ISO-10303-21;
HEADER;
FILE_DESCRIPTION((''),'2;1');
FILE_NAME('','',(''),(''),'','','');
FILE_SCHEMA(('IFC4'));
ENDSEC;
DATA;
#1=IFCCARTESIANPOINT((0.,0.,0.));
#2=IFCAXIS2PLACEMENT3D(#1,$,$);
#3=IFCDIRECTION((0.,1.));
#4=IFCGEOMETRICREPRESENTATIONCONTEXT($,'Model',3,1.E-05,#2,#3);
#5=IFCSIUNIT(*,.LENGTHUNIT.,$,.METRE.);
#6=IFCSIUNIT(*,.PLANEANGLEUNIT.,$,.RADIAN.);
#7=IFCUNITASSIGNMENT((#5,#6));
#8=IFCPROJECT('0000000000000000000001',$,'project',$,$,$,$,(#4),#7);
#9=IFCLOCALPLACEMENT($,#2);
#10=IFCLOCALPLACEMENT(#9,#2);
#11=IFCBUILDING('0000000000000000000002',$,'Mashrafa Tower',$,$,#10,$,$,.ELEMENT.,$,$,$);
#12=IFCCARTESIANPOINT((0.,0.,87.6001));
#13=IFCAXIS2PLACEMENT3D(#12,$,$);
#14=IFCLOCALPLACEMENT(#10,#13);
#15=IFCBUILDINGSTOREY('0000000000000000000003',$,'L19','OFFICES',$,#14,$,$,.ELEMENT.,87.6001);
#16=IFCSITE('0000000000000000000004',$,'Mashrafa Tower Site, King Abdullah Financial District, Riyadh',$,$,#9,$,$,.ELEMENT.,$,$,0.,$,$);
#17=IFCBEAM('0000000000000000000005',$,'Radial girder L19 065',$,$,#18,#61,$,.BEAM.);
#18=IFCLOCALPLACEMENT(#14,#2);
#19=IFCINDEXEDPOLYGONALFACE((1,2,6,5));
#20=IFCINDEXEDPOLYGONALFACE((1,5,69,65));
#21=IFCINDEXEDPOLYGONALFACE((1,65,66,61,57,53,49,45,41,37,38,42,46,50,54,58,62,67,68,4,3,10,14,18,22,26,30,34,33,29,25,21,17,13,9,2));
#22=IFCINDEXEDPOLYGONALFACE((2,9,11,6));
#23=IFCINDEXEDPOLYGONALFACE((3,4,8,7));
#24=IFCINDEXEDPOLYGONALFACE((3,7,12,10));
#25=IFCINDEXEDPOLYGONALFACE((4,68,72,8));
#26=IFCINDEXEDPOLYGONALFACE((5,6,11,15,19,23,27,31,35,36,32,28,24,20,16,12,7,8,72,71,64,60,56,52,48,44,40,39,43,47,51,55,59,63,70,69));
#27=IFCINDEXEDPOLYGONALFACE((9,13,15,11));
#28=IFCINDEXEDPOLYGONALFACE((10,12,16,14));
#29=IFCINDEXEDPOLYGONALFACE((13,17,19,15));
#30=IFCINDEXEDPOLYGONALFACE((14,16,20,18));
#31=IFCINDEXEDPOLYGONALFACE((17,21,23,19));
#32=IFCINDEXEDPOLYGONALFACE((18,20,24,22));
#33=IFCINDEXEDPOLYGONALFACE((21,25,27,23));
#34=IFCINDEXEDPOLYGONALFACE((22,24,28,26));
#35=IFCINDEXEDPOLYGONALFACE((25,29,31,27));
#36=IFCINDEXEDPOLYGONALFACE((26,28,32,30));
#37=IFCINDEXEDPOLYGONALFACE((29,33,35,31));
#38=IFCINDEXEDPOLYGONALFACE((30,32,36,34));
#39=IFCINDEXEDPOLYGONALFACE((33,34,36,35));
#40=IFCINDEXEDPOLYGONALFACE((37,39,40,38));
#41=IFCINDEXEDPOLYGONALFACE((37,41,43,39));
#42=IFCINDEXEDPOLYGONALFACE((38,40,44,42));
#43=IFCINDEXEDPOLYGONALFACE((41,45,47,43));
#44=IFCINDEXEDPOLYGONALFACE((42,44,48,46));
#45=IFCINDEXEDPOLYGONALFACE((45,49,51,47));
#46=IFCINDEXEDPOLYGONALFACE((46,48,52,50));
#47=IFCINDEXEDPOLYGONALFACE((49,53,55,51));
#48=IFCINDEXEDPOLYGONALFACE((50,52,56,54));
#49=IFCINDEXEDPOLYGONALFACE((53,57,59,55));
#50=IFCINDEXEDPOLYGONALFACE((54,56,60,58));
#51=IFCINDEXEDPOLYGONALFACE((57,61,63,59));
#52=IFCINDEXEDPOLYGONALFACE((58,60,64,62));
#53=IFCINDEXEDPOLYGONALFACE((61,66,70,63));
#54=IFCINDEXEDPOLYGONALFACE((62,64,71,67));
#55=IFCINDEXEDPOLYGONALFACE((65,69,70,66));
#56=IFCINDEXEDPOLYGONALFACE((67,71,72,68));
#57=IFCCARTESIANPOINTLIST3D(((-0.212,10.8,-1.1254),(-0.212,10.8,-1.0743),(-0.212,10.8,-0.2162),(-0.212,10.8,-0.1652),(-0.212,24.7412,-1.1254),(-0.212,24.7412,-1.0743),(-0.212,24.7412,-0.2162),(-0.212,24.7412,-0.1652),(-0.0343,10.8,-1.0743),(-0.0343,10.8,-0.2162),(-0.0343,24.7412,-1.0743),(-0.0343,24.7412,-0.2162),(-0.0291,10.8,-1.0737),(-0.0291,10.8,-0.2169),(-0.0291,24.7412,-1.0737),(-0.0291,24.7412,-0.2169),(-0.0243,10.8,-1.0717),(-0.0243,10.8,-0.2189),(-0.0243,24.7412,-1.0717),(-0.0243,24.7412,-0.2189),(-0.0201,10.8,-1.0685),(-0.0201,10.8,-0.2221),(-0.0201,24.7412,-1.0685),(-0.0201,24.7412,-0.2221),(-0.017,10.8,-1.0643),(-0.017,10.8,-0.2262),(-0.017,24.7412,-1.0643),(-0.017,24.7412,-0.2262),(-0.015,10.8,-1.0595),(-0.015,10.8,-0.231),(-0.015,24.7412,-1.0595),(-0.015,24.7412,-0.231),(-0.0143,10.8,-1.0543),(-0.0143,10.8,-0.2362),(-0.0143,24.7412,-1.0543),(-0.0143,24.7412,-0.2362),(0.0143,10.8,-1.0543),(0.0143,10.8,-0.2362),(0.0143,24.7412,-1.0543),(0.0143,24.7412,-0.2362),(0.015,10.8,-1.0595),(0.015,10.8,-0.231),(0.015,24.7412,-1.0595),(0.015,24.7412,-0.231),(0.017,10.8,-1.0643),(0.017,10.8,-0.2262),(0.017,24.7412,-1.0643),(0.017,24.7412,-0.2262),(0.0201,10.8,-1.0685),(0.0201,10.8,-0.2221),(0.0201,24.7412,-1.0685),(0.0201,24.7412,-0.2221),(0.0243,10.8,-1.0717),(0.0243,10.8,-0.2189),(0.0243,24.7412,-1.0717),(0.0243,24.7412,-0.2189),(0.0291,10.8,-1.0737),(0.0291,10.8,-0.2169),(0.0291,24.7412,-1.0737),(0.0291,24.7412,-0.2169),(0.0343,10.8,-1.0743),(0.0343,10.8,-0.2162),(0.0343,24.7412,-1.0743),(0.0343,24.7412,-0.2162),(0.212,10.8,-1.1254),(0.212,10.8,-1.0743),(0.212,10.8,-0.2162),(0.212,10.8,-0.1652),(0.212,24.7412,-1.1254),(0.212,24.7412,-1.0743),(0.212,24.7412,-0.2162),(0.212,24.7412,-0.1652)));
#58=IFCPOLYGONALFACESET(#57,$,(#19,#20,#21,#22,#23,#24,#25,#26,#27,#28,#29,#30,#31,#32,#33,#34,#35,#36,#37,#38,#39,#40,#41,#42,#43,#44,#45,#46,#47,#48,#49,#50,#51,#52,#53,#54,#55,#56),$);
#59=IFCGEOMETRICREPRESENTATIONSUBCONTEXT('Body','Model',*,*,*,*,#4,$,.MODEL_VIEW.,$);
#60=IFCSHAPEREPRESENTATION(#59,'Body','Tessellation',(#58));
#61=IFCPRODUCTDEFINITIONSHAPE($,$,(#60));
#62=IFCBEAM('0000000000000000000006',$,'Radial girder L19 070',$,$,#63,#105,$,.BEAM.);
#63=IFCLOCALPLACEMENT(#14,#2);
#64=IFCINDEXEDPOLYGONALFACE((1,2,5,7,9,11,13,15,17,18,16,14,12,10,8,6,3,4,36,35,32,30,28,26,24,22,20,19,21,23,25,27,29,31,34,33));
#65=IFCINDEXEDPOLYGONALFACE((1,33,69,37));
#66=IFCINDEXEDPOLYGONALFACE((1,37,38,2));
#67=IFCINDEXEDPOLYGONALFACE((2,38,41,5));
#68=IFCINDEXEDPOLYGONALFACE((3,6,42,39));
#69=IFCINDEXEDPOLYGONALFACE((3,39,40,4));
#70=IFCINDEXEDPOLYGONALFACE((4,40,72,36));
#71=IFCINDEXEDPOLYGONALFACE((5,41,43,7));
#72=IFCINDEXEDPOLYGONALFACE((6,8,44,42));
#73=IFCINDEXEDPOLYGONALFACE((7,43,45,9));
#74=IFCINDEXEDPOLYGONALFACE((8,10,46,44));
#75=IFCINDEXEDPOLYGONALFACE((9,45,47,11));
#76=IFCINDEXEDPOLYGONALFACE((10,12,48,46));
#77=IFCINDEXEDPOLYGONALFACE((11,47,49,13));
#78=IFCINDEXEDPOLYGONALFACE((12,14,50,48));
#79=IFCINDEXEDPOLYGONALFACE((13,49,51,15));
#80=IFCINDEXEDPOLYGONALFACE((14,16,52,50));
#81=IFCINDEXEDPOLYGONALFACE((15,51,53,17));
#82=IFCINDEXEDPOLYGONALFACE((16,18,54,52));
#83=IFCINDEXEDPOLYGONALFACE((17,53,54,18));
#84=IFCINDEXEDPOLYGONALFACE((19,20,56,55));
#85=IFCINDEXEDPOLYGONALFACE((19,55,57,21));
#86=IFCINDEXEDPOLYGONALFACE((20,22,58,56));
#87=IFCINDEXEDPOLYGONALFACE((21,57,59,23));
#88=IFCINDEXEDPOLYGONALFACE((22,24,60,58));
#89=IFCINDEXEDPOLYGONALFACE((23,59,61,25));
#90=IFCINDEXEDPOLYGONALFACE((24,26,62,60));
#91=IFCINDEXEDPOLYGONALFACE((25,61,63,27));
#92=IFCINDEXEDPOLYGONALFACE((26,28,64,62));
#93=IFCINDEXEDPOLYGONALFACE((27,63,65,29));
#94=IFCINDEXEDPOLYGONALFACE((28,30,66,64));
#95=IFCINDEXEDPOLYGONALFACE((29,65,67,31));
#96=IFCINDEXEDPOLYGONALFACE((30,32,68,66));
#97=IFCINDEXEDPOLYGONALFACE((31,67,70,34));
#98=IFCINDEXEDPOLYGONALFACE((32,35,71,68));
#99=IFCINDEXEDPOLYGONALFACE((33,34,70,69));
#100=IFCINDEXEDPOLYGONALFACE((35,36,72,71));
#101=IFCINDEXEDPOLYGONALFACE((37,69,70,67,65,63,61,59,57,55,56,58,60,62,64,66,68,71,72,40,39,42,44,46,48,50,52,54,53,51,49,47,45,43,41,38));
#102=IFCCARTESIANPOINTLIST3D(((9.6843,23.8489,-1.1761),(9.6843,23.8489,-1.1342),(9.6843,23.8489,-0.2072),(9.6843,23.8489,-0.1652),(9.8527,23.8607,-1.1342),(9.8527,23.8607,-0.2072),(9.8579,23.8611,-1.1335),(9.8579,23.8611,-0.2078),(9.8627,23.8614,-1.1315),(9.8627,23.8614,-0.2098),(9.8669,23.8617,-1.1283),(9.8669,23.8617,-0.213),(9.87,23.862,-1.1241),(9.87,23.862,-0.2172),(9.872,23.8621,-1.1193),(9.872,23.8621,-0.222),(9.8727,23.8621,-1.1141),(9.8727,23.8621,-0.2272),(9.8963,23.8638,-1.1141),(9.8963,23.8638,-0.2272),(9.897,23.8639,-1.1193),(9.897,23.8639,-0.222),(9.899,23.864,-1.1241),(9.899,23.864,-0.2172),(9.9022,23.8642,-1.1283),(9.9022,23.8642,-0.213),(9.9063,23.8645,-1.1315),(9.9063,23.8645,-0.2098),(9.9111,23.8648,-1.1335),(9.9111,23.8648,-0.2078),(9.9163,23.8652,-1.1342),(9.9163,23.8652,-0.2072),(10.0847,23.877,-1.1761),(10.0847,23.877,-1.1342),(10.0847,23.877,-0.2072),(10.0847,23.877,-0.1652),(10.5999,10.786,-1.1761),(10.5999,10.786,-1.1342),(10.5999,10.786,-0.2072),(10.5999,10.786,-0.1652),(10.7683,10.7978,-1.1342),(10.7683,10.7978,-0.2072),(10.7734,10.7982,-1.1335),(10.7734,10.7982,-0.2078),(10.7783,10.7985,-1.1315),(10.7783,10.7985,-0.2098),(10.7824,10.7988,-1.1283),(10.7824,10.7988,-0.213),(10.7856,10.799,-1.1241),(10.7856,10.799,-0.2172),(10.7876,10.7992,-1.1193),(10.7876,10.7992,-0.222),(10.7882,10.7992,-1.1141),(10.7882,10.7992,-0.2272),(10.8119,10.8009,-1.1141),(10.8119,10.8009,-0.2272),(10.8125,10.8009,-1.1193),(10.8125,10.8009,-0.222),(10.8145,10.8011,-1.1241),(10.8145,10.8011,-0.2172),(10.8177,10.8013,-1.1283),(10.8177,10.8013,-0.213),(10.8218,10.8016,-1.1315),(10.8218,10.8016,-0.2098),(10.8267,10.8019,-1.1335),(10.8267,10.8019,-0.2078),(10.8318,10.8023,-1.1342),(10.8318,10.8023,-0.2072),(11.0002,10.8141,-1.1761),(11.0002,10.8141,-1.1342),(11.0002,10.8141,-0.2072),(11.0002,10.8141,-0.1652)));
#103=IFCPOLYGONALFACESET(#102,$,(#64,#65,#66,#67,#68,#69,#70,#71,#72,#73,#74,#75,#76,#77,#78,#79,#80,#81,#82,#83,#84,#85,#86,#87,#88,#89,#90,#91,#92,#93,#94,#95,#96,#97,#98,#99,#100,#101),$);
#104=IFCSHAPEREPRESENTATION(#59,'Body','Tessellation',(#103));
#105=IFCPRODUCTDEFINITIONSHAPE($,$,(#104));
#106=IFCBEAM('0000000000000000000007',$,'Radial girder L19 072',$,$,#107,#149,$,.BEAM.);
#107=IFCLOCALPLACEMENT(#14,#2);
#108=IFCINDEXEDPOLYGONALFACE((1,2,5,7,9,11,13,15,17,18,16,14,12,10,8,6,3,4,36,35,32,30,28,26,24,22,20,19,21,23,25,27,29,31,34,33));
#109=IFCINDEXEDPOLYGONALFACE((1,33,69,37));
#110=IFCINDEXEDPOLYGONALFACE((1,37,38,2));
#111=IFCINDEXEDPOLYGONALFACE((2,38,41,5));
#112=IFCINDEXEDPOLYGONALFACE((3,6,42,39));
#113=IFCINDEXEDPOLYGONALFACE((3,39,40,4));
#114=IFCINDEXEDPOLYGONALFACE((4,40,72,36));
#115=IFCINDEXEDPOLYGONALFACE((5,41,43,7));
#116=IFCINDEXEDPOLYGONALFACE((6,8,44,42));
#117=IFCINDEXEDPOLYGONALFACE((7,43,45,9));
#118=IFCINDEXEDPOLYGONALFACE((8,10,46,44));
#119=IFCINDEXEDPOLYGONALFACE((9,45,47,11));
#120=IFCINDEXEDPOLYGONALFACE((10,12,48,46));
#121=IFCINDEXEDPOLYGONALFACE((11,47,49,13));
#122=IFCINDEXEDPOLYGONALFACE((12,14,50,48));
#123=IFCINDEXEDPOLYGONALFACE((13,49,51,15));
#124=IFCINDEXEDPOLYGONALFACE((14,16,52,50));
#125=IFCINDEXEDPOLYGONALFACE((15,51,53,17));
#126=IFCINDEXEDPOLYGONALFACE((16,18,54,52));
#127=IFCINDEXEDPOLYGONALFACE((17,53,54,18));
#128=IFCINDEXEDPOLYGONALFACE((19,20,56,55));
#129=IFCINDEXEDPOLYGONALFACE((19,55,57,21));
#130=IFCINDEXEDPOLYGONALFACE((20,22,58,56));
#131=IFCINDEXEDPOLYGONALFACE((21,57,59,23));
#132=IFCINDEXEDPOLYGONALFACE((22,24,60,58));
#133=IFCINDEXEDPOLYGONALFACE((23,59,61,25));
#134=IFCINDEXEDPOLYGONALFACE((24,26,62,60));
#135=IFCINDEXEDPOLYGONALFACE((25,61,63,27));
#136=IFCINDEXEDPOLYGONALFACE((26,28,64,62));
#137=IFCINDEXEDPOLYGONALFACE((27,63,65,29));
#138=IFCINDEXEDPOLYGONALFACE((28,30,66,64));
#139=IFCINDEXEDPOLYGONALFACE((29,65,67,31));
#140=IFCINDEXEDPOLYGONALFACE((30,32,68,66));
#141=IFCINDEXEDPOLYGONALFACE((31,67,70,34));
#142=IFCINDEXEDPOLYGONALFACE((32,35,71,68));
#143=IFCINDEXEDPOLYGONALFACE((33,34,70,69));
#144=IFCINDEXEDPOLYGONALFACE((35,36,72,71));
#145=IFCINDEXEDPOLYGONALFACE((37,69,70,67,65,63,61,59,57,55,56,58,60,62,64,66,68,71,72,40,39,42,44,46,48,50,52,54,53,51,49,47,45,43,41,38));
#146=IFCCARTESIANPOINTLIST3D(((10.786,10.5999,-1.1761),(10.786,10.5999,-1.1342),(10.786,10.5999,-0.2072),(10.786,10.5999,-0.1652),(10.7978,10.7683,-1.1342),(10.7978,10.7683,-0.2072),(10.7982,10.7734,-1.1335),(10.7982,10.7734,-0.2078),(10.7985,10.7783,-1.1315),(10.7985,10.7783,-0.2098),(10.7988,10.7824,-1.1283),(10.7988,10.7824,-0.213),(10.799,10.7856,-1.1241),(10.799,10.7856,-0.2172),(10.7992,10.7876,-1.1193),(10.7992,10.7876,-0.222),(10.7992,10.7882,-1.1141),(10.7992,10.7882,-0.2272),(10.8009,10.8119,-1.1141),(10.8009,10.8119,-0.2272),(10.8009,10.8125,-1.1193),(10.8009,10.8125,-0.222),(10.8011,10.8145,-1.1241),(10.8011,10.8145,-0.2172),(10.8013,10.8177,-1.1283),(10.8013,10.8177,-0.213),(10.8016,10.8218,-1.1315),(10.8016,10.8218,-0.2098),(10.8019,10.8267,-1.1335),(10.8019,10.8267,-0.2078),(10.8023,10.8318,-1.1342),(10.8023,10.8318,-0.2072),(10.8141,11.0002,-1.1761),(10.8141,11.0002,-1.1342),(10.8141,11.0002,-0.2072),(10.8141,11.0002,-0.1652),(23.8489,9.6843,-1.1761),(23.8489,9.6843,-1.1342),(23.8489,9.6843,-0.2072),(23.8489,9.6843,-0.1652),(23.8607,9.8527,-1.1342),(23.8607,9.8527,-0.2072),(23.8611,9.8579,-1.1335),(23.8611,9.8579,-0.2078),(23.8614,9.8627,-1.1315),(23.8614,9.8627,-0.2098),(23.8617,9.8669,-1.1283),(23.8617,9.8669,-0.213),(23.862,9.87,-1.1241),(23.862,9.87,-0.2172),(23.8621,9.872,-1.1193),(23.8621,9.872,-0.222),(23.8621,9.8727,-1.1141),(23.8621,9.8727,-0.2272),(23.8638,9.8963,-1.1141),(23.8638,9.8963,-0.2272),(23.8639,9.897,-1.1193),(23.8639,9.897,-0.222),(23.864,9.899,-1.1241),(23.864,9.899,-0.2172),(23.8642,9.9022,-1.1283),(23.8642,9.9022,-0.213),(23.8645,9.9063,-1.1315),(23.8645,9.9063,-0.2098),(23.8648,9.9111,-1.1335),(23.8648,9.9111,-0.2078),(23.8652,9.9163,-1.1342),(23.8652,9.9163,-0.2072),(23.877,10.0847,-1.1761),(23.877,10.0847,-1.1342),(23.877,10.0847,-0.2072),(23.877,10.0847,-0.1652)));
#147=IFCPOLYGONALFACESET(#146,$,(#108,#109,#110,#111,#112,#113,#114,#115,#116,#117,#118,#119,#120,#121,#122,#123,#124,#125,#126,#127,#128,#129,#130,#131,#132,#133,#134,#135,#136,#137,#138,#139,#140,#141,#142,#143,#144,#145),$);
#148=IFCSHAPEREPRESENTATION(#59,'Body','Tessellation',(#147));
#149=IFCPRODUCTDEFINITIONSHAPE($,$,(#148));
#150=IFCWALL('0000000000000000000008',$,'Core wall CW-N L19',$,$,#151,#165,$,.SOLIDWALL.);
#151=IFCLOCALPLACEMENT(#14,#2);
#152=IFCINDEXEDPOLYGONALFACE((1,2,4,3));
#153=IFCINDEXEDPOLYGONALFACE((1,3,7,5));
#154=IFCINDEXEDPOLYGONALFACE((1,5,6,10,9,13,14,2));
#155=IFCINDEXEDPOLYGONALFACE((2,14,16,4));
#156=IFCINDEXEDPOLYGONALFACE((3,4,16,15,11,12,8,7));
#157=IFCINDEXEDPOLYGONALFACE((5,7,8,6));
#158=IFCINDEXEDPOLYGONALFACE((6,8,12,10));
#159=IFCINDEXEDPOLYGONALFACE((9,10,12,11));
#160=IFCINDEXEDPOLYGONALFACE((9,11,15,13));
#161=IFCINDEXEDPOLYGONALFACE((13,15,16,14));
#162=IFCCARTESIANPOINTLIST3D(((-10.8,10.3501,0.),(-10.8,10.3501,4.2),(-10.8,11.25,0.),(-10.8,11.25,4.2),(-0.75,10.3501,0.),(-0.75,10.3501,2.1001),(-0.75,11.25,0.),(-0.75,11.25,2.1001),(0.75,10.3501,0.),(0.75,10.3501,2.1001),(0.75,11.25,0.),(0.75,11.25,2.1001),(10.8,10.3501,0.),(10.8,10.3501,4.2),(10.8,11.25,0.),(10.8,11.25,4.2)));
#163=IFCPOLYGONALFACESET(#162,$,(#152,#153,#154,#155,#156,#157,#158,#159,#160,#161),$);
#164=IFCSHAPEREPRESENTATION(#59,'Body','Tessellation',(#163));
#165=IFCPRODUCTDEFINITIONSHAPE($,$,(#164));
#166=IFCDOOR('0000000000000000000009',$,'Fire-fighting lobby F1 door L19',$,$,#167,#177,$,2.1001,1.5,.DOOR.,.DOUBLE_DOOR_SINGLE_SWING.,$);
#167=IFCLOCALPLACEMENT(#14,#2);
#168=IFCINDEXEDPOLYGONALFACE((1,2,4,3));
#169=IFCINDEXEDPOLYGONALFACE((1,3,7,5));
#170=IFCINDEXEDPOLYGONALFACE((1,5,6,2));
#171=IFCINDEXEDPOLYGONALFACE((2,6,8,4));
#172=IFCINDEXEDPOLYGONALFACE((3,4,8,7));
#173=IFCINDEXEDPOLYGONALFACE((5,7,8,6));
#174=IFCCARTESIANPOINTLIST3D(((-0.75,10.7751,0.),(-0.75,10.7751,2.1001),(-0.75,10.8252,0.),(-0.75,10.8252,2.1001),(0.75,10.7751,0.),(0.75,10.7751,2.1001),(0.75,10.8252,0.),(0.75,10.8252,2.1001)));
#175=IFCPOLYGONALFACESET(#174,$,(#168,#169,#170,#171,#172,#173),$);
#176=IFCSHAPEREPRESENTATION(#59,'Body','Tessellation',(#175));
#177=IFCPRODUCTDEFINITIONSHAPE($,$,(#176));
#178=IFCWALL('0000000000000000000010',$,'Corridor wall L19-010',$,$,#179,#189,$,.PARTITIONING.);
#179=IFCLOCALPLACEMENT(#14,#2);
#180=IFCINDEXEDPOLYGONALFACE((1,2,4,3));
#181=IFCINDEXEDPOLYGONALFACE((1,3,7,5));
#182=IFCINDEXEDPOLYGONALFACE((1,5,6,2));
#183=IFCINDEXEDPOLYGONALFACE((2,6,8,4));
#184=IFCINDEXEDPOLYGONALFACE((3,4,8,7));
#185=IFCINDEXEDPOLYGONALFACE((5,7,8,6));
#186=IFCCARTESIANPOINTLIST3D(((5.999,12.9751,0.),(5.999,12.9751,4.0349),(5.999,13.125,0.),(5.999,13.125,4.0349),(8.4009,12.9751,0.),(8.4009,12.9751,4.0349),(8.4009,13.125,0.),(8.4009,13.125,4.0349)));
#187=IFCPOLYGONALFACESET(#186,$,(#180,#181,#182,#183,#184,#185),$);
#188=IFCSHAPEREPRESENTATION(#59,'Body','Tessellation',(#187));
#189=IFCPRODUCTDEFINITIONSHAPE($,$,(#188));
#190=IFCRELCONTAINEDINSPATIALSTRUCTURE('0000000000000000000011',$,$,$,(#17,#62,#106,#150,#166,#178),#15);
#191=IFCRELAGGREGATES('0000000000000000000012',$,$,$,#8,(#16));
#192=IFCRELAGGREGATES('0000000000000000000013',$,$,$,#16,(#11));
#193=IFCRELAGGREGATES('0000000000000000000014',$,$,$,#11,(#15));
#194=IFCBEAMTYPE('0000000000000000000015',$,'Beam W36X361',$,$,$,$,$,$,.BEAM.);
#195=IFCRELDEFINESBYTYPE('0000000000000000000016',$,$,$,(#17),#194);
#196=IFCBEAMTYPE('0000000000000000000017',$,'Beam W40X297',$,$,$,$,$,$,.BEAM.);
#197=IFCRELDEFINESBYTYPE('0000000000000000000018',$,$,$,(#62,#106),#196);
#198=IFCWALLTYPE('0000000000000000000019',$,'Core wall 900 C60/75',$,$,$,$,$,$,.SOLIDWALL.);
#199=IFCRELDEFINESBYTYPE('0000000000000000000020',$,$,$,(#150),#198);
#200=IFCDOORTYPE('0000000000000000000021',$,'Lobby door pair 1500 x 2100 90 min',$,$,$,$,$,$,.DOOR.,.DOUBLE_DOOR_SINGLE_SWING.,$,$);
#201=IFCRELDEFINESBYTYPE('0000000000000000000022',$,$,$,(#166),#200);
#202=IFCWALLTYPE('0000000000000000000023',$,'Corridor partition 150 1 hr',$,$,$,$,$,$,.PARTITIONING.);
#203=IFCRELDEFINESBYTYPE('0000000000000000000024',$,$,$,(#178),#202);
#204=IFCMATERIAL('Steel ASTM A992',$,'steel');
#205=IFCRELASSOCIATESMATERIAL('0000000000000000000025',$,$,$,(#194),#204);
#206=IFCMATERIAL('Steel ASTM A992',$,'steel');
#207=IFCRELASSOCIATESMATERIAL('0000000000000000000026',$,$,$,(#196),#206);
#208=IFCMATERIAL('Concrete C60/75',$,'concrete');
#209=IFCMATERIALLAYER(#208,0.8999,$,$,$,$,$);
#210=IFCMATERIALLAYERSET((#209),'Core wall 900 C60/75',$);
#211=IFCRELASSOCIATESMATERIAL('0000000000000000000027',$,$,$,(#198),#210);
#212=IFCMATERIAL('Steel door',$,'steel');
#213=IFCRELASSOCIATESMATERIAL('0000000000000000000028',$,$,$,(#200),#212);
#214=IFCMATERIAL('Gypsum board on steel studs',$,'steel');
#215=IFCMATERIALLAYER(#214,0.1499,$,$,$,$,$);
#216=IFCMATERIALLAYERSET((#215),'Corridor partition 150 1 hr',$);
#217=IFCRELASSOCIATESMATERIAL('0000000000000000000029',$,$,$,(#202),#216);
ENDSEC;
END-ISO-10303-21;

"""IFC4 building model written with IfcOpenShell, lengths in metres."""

from ifc_helpers import new_model, si_unit, direction, frame, frame_2d, origin, origin_2d, place, context, subcontext, project, spatial, rectangle, i_section, extrude, material, layer, layer_set, material_profile, profile_set, type_object, element, fill, save


model = new_model("IFC4")

# Units and contexts
model_context = context("Model", 3, precision=1e-05, world=origin(), true_north=direction((0.0, 1.0)))
body_context = subcontext(model_context, "Body", "Model", "MODEL_VIEW")
ifc_project = project(units=[si_unit("LENGTHUNIT", "METRE"), si_unit("PLANEANGLEUNIT", "RADIAN")], contexts=[model_context])

# Site, building, storey
site_placement = place(None, origin())
site = spatial("IfcSite", under=ifc_project, at=site_placement, Name="Mashrafa Tower Site, King Abdullah Financial District, Riyadh", CompositionType="ELEMENT", RefElevation=0.0)
building_placement = place(site_placement, origin())
building = spatial("IfcBuilding", under=site, at=building_placement, Name="Mashrafa Tower", CompositionType="ELEMENT")
storey_placement = place(building_placement, frame((0.0, 0.0, 87.6001)))
storey = spatial("IfcBuildingStorey", under=building, at=storey_placement, Name="L19", Description="OFFICES", CompositionType="ELEMENT", Elevation=87.6001)

# Beams
ifc_material_1 = material(Name="Steel ASTM A992", Category="steel")
ifc_material_profile_1 = material_profile(ifc_material_1, i_section(OverallWidth=0.4241, OverallDepth=0.9602, WebThickness=0.0286, FlangeThickness=0.051, FilletRadius=0.02, at=origin_2d()), Name="W36X361")
ifc_profile_set_1 = profile_set([ifc_material_profile_1], Name="Steel ASTM A992")
beam_type_1 = type_object("IfcBeamType", Name="Beam W36X361", PredefinedType="BEAM", material=ifc_profile_set_1)
beam_1_placement = place(storey_placement, frame((0.0, 10.8, -0.6453), z_axis=(0.0, 1.0, 0.0), x_axis=(-1.0, 0.0, 0.0)))
element("IfcBeam", 1, at=beam_1_placement, inside=storey, type_object=beam_type_1, Name="Radial girder L19 065", PredefinedType="BEAM", context=body_context, shape_type="SweptSolid", body=[
    extrude(i_section(OverallWidth=0.4241, OverallDepth=0.9602, WebThickness=0.0286, FlangeThickness=0.051, FilletRadius=0.02, at=origin_2d()), origin(), (0.0, 0.0, 1.0), 13.9412),
])
ifc_material_2 = material(Name="Steel ASTM A992", Category="steel")
ifc_material_profile_2 = material_profile(ifc_material_2, i_section(OverallWidth=0.4014, OverallDepth=1.011, WebThickness=0.0237, FlangeThickness=0.042, FilletRadius=0.02, at=origin_2d()), Name="W40X297")
ifc_profile_set_2 = profile_set([ifc_material_profile_2], Name="Steel ASTM A992")
beam_type_2 = type_object("IfcBeamType", Name="Beam W40X297", PredefinedType="BEAM", material=ifc_profile_set_2)
for number, where, z_axis, x_axis, name in (
    (2, (10.8, 10.8, -0.6707), (-0.069914, 0.997553, 0.0), (-0.997553, -0.069914, 0.0), "Radial girder L19 070"),
    (3, (10.8, 10.8, -0.6707), (0.997553, -0.069914, 0.0), (0.069914, 0.997553, 0.0), "Radial girder L19 072"),
):
    element("IfcBeam", number, at=place(storey_placement, frame(where, z_axis=z_axis, x_axis=x_axis)), inside=storey, type_object=beam_type_2, Name=name, PredefinedType="BEAM", context=body_context, shape_type="SweptSolid", body=[
        extrude(i_section(OverallWidth=0.4014, OverallDepth=1.011, WebThickness=0.0237, FlangeThickness=0.042, FilletRadius=0.02, at=origin_2d()), origin(), (0.0, 0.0, 1.0), 13.095),
    ])

# Wall, opening, door
ifc_material_3 = material(Name="Concrete C60/75", Category="concrete")
ifc_layer_1 = layer(ifc_material_3, 0.8999)
ifc_layer_set_1 = layer_set([ifc_layer_1], Name="Core wall 900 C60/75")
wall_type_1 = type_object("IfcWallType", Name="Core wall 900 C60/75", PredefinedType="SOLIDWALL", material=ifc_layer_set_1)
wall_1_placement = place(storey_placement, frame((10.8, 10.8, 0.0), z_axis=(0.0, 0.0, 1.0), x_axis=(-1.0, 0.0, 0.0)))
wall_1 = element("IfcWall", 4, at=wall_1_placement, inside=storey, type_object=wall_type_1, Name="Core wall CW-N L19", PredefinedType="SOLIDWALL", context=body_context, shape_type="SweptSolid", body=[
    extrude(rectangle(XDim=21.6001, YDim=0.8999, at=frame_2d((10.8, 0.0))), origin(), (0.0, 0.0, 1.0), 4.2),
])
opening_1_placement = place(wall_1_placement, frame((10.05, 0.0, 0.0)))
opening_1 = element("IfcOpeningElement", 5, at=opening_1_placement, cuts=wall_1, PredefinedType="OPENING", context=body_context, shape_type="SweptSolid", body=[
    extrude(rectangle(XDim=1.5, YDim=2.1001, at=frame_2d((0.75, 1.05))), frame((0.0, 0.46, 0.0), z_axis=(0.0, -1.0, 0.0), x_axis=(1.0, 0.0, 0.0)), (0.0, 0.0, 1.0), 0.9199),
])
ifc_material_4 = material(Name="Steel door", Category="steel")
door_type_1 = type_object("IfcDoorType", Name="Lobby door pair 1500 x 2100 90 min", OperationType="DOUBLE_DOOR_SINGLE_SWING", PredefinedType="DOOR", material=ifc_material_4)
door_1_placement = place(opening_1_placement, origin())
door_1 = element("IfcDoor", 6, at=door_1_placement, inside=storey, type_object=door_type_1, Name="Fire-fighting lobby F1 door L19", OperationType="DOUBLE_DOOR_SINGLE_SWING", OverallHeight=2.1001, OverallWidth=1.5, PredefinedType="DOOR", context=body_context, shape_type="SweptSolid", body=[
    extrude(rectangle(XDim=1.5, YDim=2.1001, at=frame_2d((0.75, 1.05))), frame((0.0, 0.0249, 0.0), z_axis=(0.0, -1.0, 0.0), x_axis=(1.0, 0.0, 0.0)), (0.0, 0.0, 1.0), 0.05),
])
fill(opening_1, door_1)

# Wall
ifc_material_5 = material(Name="Gypsum board on steel studs", Category="steel")
ifc_layer_2 = layer(ifc_material_5, 0.1499)
ifc_layer_set_2 = layer_set([ifc_layer_2], Name="Corridor partition 150 1 hr")
wall_type_2 = type_object("IfcWallType", Name="Corridor partition 150 1 hr", PredefinedType="PARTITIONING", material=ifc_layer_set_2)
wall_2_placement = place(storey_placement, frame((8.4009, 13.05, 0.0), z_axis=(0.0, 0.0, 1.0), x_axis=(-1.0, 0.0, 0.0)))
element("IfcWall", 7, at=wall_2_placement, inside=storey, type_object=wall_type_2, Name="Corridor wall L19-010", PredefinedType="PARTITIONING", context=body_context, shape_type="SweptSolid", body=[
    extrude(rectangle(XDim=2.4019, YDim=0.1499, at=frame_2d((1.2009, 0.0))), origin(), (0.0, 0.0, 1.0), 4.0349),
])

save(model, "model.ifc")
